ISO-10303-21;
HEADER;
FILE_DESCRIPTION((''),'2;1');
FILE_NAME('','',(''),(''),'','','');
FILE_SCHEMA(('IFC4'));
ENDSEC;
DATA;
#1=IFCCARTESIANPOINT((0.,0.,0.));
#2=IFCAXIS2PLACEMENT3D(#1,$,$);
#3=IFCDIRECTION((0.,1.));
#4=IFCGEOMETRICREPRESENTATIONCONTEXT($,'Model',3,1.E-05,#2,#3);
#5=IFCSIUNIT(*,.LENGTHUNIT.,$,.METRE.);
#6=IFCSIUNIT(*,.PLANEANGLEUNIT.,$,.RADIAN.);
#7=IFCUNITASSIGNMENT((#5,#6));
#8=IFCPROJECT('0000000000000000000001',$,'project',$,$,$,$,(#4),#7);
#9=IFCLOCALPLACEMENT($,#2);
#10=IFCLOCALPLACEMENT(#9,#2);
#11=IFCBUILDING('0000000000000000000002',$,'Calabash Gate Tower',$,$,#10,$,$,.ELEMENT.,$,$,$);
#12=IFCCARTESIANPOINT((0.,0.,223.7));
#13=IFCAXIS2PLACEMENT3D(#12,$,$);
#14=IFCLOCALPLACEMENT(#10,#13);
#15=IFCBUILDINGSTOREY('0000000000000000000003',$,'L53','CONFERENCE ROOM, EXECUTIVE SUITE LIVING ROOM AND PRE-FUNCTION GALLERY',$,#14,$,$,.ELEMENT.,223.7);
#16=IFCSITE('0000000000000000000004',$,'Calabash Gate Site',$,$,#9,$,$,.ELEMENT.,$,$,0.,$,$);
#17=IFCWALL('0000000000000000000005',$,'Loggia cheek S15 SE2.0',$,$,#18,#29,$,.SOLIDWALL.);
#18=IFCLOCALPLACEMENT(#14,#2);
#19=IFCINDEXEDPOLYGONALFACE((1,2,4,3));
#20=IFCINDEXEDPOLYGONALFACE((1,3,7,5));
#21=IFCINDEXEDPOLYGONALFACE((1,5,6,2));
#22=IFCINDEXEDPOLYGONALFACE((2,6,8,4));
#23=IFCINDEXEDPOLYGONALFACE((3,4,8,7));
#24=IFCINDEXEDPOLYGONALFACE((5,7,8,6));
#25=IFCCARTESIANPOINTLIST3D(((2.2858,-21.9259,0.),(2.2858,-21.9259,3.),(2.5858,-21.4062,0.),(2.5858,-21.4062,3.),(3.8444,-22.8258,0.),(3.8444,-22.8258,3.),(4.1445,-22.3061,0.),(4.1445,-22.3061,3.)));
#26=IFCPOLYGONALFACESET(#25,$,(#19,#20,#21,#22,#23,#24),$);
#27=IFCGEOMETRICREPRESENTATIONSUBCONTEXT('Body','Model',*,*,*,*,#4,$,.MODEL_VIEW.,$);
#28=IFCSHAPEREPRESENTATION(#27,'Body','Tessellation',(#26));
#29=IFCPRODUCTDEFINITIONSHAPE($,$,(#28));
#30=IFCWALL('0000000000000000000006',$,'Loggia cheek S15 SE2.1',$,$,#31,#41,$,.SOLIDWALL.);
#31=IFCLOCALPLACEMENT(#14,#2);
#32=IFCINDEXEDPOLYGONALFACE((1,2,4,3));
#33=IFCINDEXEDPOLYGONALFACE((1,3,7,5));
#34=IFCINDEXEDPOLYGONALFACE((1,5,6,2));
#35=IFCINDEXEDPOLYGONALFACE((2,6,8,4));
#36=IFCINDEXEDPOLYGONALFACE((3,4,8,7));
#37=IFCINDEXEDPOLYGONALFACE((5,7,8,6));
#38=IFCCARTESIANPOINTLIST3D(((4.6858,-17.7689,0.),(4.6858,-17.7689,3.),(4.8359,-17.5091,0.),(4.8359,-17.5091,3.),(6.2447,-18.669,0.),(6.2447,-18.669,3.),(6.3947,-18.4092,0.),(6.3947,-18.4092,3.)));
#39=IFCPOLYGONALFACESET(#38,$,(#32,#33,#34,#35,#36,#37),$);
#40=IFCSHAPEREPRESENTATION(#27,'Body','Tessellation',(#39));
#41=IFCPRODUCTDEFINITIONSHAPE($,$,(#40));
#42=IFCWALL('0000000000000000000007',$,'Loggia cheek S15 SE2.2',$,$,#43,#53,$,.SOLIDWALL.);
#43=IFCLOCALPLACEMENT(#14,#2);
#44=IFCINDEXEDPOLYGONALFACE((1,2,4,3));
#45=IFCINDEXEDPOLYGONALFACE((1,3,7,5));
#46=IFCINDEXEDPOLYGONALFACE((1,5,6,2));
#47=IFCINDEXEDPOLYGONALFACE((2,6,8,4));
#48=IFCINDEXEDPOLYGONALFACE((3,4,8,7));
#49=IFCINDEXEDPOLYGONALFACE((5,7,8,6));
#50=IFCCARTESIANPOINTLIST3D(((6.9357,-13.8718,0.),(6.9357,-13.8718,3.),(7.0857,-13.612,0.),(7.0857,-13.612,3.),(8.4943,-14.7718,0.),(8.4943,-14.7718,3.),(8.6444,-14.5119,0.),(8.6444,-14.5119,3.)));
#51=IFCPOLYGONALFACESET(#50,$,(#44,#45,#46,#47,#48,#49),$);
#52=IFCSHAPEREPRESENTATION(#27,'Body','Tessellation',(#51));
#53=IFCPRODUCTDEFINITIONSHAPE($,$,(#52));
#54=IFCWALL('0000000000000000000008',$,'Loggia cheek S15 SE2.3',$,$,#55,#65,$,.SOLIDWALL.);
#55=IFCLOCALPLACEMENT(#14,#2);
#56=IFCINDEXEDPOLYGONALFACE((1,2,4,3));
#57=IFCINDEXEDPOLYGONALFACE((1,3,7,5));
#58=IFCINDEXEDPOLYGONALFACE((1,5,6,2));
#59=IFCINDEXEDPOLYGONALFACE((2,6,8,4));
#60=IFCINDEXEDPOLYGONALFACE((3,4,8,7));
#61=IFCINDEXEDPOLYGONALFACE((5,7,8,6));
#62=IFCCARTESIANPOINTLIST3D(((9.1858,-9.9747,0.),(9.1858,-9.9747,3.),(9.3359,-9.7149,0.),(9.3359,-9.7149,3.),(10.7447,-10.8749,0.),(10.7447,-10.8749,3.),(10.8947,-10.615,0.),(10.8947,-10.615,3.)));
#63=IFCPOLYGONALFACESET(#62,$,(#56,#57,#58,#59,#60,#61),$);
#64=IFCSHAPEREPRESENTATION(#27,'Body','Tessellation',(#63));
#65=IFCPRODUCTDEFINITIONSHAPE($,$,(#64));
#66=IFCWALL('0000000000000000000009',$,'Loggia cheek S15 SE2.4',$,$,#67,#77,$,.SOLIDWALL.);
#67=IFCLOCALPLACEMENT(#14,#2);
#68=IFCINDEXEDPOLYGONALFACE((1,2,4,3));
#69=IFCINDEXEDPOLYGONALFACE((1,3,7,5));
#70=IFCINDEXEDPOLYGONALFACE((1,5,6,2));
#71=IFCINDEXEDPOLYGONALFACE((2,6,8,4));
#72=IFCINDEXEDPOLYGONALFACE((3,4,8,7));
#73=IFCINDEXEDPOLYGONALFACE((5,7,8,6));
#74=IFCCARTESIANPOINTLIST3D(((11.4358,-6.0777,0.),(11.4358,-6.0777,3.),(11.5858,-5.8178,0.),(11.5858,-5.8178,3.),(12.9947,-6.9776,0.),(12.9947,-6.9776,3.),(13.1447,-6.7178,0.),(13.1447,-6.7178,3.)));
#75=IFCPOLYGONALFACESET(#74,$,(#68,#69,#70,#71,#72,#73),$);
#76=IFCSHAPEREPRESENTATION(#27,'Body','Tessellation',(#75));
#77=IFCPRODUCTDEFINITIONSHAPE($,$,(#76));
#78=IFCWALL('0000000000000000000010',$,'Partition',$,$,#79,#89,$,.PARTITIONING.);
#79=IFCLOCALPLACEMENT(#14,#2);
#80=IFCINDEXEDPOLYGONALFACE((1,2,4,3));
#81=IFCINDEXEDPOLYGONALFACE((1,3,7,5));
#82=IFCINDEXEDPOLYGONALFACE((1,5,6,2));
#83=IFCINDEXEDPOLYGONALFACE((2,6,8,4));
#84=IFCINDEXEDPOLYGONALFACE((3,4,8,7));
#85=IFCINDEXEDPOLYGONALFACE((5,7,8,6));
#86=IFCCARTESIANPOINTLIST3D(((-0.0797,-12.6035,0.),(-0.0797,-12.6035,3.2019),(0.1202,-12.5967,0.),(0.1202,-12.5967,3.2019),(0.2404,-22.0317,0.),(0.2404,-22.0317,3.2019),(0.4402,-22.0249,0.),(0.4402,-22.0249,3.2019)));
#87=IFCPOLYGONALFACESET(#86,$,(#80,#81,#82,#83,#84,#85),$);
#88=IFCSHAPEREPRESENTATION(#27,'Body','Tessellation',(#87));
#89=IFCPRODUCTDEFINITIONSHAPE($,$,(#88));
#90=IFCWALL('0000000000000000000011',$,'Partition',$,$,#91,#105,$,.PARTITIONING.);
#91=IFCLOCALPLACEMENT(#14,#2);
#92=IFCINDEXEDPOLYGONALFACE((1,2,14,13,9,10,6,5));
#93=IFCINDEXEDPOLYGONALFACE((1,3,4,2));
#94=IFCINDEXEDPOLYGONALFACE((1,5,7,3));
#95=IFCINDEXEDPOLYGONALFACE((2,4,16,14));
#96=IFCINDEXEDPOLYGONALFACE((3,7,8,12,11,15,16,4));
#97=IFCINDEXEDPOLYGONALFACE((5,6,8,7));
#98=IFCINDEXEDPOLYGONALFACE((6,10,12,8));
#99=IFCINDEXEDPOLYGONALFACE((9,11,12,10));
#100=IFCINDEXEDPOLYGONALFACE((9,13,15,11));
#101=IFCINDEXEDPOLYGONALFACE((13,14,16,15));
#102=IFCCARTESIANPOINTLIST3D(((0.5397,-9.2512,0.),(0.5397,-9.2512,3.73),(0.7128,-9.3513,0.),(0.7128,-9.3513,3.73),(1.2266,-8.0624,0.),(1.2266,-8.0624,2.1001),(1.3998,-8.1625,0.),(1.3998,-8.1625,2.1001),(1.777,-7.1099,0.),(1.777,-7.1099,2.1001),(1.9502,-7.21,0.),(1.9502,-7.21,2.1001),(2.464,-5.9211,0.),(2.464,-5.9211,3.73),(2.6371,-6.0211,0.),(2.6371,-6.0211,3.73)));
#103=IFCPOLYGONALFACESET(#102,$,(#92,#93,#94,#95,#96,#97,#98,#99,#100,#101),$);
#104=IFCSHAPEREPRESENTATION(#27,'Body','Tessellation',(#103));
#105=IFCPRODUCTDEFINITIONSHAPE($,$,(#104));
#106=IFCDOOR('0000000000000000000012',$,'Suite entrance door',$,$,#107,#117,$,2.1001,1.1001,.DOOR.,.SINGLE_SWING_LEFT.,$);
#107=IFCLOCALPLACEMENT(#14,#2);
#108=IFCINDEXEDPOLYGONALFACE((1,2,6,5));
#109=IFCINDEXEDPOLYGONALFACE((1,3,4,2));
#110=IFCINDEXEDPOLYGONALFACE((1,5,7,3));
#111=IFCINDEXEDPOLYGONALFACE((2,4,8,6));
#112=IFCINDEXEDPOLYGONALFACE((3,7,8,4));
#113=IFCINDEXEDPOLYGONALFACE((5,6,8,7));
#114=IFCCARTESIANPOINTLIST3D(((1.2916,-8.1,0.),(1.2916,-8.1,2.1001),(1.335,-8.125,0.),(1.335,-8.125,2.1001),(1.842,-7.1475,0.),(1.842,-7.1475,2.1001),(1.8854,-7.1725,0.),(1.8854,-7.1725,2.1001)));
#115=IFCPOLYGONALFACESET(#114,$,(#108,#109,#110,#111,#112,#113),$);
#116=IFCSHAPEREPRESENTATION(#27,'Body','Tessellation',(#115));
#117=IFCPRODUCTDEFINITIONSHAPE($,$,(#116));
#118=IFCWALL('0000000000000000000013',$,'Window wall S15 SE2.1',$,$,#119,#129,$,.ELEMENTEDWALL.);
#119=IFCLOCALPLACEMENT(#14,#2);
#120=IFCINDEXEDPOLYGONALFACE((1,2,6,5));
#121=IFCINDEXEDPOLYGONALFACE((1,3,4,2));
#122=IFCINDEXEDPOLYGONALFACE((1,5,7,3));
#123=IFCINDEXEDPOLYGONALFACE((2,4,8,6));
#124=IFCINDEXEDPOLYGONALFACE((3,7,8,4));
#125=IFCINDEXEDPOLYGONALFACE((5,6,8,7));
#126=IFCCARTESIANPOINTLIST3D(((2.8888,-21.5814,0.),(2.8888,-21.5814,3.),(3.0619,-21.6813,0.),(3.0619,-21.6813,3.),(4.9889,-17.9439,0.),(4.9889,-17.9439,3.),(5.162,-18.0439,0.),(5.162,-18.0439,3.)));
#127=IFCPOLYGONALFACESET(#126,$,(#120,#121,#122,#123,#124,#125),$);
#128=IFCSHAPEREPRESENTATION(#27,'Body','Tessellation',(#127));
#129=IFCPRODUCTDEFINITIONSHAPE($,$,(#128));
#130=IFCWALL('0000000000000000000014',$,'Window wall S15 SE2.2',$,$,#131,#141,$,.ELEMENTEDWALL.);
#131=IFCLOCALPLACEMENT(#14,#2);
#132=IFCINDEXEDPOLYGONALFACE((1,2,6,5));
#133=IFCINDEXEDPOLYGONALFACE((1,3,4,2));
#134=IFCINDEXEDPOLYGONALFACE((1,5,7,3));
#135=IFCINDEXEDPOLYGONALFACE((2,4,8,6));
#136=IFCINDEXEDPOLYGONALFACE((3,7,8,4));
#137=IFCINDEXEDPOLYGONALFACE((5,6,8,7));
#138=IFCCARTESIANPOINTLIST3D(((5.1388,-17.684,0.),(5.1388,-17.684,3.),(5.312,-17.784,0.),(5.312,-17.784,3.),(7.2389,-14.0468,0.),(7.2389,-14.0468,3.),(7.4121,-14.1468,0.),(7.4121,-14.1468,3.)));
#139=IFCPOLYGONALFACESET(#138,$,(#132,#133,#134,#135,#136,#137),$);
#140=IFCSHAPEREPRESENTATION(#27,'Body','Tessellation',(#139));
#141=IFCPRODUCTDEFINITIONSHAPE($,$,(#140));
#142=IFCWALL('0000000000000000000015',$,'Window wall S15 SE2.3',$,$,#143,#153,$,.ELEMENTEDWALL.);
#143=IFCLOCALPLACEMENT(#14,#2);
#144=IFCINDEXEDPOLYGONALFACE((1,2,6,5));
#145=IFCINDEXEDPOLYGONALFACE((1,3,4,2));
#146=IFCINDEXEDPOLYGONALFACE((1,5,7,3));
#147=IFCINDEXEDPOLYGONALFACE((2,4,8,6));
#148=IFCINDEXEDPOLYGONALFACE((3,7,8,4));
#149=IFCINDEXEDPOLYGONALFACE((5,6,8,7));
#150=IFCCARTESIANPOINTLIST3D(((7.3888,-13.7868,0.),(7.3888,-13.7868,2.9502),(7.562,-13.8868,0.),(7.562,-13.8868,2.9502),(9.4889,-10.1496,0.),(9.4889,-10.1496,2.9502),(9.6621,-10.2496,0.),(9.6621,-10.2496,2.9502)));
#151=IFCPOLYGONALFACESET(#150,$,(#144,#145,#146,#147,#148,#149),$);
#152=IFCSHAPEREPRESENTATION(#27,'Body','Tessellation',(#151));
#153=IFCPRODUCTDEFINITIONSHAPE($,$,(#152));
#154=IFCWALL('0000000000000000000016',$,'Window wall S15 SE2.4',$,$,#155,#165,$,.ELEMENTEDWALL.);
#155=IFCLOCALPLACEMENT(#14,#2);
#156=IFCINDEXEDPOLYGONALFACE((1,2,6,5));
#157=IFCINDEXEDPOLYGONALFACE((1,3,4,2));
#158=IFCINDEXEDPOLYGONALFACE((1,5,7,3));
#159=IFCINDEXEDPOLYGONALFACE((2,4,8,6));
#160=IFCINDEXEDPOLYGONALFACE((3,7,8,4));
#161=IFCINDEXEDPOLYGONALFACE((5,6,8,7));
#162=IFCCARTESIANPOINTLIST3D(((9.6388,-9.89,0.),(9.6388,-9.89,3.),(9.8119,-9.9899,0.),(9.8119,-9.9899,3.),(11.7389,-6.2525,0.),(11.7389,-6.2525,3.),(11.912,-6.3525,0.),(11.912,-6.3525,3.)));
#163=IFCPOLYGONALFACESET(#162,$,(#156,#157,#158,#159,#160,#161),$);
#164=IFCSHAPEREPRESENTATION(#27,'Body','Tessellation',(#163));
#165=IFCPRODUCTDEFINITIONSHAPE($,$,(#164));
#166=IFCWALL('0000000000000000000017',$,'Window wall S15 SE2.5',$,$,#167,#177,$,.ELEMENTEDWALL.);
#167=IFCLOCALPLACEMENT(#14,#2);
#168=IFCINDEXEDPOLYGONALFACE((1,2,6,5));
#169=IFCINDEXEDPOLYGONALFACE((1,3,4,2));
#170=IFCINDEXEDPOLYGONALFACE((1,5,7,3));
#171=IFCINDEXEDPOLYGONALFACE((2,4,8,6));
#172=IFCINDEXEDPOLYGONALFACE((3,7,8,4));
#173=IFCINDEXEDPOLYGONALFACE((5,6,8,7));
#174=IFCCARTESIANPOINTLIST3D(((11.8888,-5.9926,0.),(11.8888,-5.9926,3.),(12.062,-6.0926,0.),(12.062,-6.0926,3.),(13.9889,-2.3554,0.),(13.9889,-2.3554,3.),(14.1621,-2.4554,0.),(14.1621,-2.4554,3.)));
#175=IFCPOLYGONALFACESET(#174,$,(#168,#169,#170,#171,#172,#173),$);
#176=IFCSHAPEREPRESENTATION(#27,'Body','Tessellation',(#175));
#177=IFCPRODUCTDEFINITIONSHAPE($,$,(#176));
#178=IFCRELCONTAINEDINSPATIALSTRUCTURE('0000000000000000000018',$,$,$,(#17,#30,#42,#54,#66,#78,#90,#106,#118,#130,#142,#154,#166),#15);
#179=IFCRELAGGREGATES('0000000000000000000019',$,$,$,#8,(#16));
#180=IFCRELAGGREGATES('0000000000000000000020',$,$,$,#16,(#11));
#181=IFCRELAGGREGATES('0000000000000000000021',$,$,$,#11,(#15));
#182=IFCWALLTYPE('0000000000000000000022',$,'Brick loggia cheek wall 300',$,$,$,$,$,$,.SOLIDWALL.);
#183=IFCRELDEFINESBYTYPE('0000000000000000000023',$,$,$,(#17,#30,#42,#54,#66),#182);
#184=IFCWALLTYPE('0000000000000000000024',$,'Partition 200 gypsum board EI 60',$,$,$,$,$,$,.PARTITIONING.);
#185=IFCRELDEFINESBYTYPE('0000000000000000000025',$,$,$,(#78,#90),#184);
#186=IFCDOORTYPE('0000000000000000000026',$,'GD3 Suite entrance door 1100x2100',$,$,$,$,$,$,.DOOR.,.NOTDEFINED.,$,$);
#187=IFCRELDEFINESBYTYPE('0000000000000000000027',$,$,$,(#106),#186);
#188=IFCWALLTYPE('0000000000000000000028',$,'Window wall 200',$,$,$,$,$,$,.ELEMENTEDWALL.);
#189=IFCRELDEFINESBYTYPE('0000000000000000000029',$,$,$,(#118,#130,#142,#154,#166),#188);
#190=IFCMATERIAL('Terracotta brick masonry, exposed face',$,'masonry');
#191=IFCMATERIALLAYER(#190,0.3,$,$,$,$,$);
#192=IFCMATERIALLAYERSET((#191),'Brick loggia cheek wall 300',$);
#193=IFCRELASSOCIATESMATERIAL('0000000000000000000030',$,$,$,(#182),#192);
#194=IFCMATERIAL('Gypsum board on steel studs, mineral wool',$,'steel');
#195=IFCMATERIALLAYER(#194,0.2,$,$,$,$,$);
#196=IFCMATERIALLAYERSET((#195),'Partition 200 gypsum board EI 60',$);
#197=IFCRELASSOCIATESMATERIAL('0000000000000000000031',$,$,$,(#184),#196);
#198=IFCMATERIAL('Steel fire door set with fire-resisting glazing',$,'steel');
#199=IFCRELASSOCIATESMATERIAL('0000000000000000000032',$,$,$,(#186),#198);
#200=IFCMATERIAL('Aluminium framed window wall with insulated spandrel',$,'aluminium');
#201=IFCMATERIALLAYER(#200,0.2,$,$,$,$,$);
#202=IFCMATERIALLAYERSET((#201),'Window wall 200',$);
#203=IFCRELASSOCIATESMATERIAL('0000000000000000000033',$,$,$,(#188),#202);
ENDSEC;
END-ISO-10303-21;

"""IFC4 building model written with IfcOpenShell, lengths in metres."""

from ifc_helpers import new_model, si_unit, direction, frame, frame_2d, origin, place, context, subcontext, project, spatial, rectangle, extrude, material, layer, layer_set, type_object, element, fill, save


model = new_model("IFC4")

# Units and contexts
model_context = context("Model", 3, precision=1e-05, world=origin(), true_north=direction((0.0, 1.0)))
body_context = subcontext(model_context, "Body", "Model", "MODEL_VIEW")
ifc_project = project(units=[si_unit("LENGTHUNIT", "METRE"), si_unit("PLANEANGLEUNIT", "RADIAN")], contexts=[model_context])

# Site, building, storey
site_placement = place(None, origin())
site = spatial("IfcSite", under=ifc_project, at=site_placement, Name="Calabash Gate Site", CompositionType="ELEMENT", RefElevation=0.0)
building_placement = place(site_placement, origin())
building = spatial("IfcBuilding", under=site, at=building_placement, Name="Calabash Gate Tower", CompositionType="ELEMENT")
storey_placement = place(building_placement, frame((0.0, 0.0, 223.7)))
storey = spatial("IfcBuildingStorey", under=building, at=storey_placement, Name="L53", Description="CONFERENCE ROOM, EXECUTIVE SUITE LIVING ROOM AND PRE-FUNCTION GALLERY", CompositionType="ELEMENT", Elevation=223.7)

# Walls
ifc_material_1 = material(Name="Terracotta brick masonry, exposed face", Category="masonry")
ifc_layer_1 = layer(ifc_material_1, 0.3)
ifc_layer_set_1 = layer_set([ifc_layer_1], Name="Brick loggia cheek wall 300")
wall_type_1 = type_object("IfcWallType", Name="Brick loggia cheek wall 300", PredefinedType="SOLIDWALL", material=ifc_layer_set_1)
wall_1_placement = place(storey_placement, frame((2.4358, -21.666, 0.0), z_axis=(0.0, 0.0, 1.0), x_axis=(0.866014, -0.50002, 0.0)))
element("IfcWall", 1, at=wall_1_placement, inside=storey, type_object=wall_type_1, Name="Loggia cheek S15 SE2.0", PredefinedType="SOLIDWALL", context=body_context, shape_type="SweptSolid", body=[
    extrude(rectangle(XDim=1.7998, YDim=0.6001, at=frame_2d((0.8999, 0.0))), origin(), (0.0, 0.0, 1.0), 3.0),
])
wall_2_placement = place(storey_placement, frame((6.3196, -18.5391, 0.0), z_axis=(0.0, 0.0, 1.0), x_axis=(-0.865989, 0.500063, 0.0)))
element("IfcWall", 2, at=wall_2_placement, inside=storey, type_object=wall_type_1, Name="Loggia cheek S15 SE2.1", PredefinedType="SOLIDWALL", context=body_context, shape_type="SweptSolid", body=[
    extrude(rectangle(XDim=1.8, YDim=0.3, at=frame_2d((0.8999, 0.0))), origin(), (0.0, 0.0, 1.0), 3.0),
])
wall_3_placement = place(storey_placement, frame((8.5693, -14.6418, 0.0), z_axis=(0.0, 0.0, 1.0), x_axis=(-0.866014, 0.50002, 0.0)))
element("IfcWall", 3, at=wall_3_placement, inside=storey, type_object=wall_type_1, Name="Loggia cheek S15 SE2.2", PredefinedType="SOLIDWALL", context=body_context, shape_type="SweptSolid", body=[
    extrude(rectangle(XDim=1.7998, YDim=0.3, at=frame_2d((0.8999, 0.0))), origin(), (0.0, 0.0, 1.0), 3.0),
])
for number, where, z_axis, x_axis, name in (
    (4, (10.8196, -10.7449, 0.0), (0.0, 0.0, 1.0), (-0.865989, 0.500063, 0.0), "Loggia cheek S15 SE2.3"),
    (5, (13.0696, -6.8477, 0.0), (0.0, 0.0, 1.0), (-0.866048, 0.499961, 0.0), "Loggia cheek S15 SE2.4"),
):
    element("IfcWall", number, at=place(storey_placement, frame(where, z_axis=z_axis, x_axis=x_axis)), inside=storey, type_object=wall_type_1, Name=name, PredefinedType="SOLIDWALL", context=body_context, shape_type="SweptSolid", body=[
        extrude(rectangle(XDim=1.8, YDim=0.3, at=frame_2d((0.8999, 0.0))), origin(), (0.0, 0.0, 1.0), 3.0),
    ])
ifc_material_2 = material(Name="Gypsum board on steel studs, mineral wool", Category="steel")
ifc_layer_2 = layer(ifc_material_2, 0.2)
ifc_layer_set_2 = layer_set([ifc_layer_2], Name="Partition 200 gypsum board EI 60")
wall_type_2 = type_object("IfcWallType", Name="Partition 200 gypsum board EI 60", PredefinedType="PARTITIONING", material=ifc_layer_set_2)
wall_4_placement = place(storey_placement, frame((0.0203, -12.6001, 0.0), z_axis=(0.0, 0.0, 1.0), x_axis=(0.033928, -0.999424, 0.0)))
element("IfcWall", 6, at=wall_4_placement, inside=storey, type_object=wall_type_2, Name="Partition", PredefinedType="PARTITIONING", context=body_context, shape_type="SweptSolid", body=[
    extrude(rectangle(XDim=9.4336, YDim=0.2, at=frame_2d((4.7168, 0.0))), origin(), (0.0, 0.0, 1.0), 3.2019),
])

# Wall, opening, door
wall_5_placement = place(storey_placement, frame((0.6262, -9.3013, 0.0), z_axis=(0.0, 0.0, 1.0), x_axis=(0.50033, 0.865835, 0.0)))
wall_5 = element("IfcWall", 7, at=wall_5_placement, inside=storey, type_object=wall_type_2, Name="Partition", PredefinedType="PARTITIONING", context=body_context, shape_type="SweptSolid", body=[
    extrude(rectangle(XDim=3.8462, YDim=0.2, at=frame_2d((1.9231, 0.0))), origin(), (0.0, 0.0, 1.0), 3.73),
])
opening_placement = place(wall_5_placement, frame((1.373, 0.0, 0.0)))
opening = element("IfcOpeningElement", 8, at=opening_placement, cuts=wall_5, PredefinedType="OPENING", context=body_context, shape_type="SweptSolid", body=[
    extrude(rectangle(XDim=1.1001, YDim=2.1001, at=frame_2d((0.55, 1.05))), frame((0.0, 0.1099, 0.0), z_axis=(0.0, -1.0, 0.0), x_axis=(1.0, 0.0, 0.0)), (0.0, 0.0, 1.0), 0.22),
])
ifc_material_3 = material(Name="Steel fire door set with fire-resisting glazing", Category="steel")
door_type = type_object("IfcDoorType", Name="GD3 Suite entrance door 1100x2100", OperationType="NOTDEFINED", PredefinedType="DOOR", material=ifc_material_3)
door_placement = place(opening_placement, origin())
door = element("IfcDoor", 9, at=door_placement, inside=storey, type_object=door_type, Name="Suite entrance door", OperationType="SINGLE_SWING_LEFT", OverallHeight=2.1001, OverallWidth=1.1001, PredefinedType="DOOR", context=body_context, shape_type="SweptSolid", body=[
    extrude(rectangle(XDim=1.1001, YDim=2.1001, at=frame_2d((0.55, 1.05))), frame((0.0, 0.0249, 0.0), z_axis=(0.0, -1.0, 0.0), x_axis=(1.0, 0.0, 0.0)), (0.0, 0.0, 1.0), 0.05),
])
fill(opening, door)

# Walls
ifc_material_4 = material(Name="Aluminium framed window wall with insulated spandrel", Category="aluminium")
ifc_layer_3 = layer(ifc_material_4, 0.2)
ifc_layer_set_3 = layer_set([ifc_layer_3], Name="Window wall 200")
wall_type_3 = type_object("IfcWallType", Name="Window wall 200", PredefinedType="ELEMENTEDWALL", material=ifc_layer_set_3)
wall_6_placement = place(storey_placement, frame((2.9753, -21.6313, 0.0), z_axis=(0.0, 0.0, 1.0), x_axis=(0.500003, 0.866024, 0.0)))
element("IfcWall", 10, at=wall_6_placement, inside=storey, type_object=wall_type_3, Name="Window wall S15 SE2.1", PredefinedType="ELEMENTEDWALL", context=body_context, shape_type="SweptSolid", body=[
    extrude(rectangle(XDim=4.2002, YDim=0.2, at=frame_2d((2.1001, 0.0))), origin(), (0.0, 0.0, 1.0), 3.0),
])
wall_7_placement = place(storey_placement, frame((5.2253, -17.7341, 0.0), z_axis=(0.0, 0.0, 1.0), x_axis=(0.500028, 0.866009, 0.0)))
element("IfcWall", 11, at=wall_7_placement, inside=storey, type_object=wall_type_3, Name="Window wall S15 SE2.2", PredefinedType="ELEMENTEDWALL", context=body_context, shape_type="SweptSolid", body=[
    extrude(rectangle(XDim=4.2, YDim=0.2, at=frame_2d((2.1001, 0.0))), origin(), (0.0, 0.0, 1.0), 3.0),
])
wall_8_placement = place(storey_placement, frame((7.4753, -13.8369, 0.0), z_axis=(0.0, 0.0, 1.0), x_axis=(0.500028, 0.866009, 0.0)))
element("IfcWall", 12, at=wall_8_placement, inside=storey, type_object=wall_type_3, Name="Window wall S15 SE2.3", PredefinedType="ELEMENTEDWALL", context=body_context, shape_type="SweptSolid", body=[
    extrude(rectangle(XDim=4.2, YDim=0.2, at=frame_2d((2.1001, 0.0))), origin(), (0.0, 0.0, 1.0), 2.9502),
])
wall_9_placement = place(storey_placement, frame((9.7253, -9.9399, 0.0), z_axis=(0.0, 0.0, 1.0), x_axis=(0.500003, 0.866024, 0.0)))
element("IfcWall", 13, at=wall_9_placement, inside=storey, type_object=wall_type_3, Name="Window wall S15 SE2.4", PredefinedType="ELEMENTEDWALL", context=body_context, shape_type="SweptSolid", body=[
    extrude(rectangle(XDim=4.2002, YDim=0.2, at=frame_2d((2.1001, 0.0))), origin(), (0.0, 0.0, 1.0), 3.0),
])
wall_10_placement = place(storey_placement, frame((11.9753, -6.0427, 0.0), z_axis=(0.0, 0.0, 1.0), x_axis=(0.500028, 0.866009, 0.0)))
element("IfcWall", 14, at=wall_10_placement, inside=storey, type_object=wall_type_3, Name="Window wall S15 SE2.5", PredefinedType="ELEMENTEDWALL", context=body_context, shape_type="SweptSolid", body=[
    extrude(rectangle(XDim=4.2, YDim=0.2, at=frame_2d((2.1001, 0.0))), origin(), (0.0, 0.0, 1.0), 3.0),
])

save(model, "model.ifc")
